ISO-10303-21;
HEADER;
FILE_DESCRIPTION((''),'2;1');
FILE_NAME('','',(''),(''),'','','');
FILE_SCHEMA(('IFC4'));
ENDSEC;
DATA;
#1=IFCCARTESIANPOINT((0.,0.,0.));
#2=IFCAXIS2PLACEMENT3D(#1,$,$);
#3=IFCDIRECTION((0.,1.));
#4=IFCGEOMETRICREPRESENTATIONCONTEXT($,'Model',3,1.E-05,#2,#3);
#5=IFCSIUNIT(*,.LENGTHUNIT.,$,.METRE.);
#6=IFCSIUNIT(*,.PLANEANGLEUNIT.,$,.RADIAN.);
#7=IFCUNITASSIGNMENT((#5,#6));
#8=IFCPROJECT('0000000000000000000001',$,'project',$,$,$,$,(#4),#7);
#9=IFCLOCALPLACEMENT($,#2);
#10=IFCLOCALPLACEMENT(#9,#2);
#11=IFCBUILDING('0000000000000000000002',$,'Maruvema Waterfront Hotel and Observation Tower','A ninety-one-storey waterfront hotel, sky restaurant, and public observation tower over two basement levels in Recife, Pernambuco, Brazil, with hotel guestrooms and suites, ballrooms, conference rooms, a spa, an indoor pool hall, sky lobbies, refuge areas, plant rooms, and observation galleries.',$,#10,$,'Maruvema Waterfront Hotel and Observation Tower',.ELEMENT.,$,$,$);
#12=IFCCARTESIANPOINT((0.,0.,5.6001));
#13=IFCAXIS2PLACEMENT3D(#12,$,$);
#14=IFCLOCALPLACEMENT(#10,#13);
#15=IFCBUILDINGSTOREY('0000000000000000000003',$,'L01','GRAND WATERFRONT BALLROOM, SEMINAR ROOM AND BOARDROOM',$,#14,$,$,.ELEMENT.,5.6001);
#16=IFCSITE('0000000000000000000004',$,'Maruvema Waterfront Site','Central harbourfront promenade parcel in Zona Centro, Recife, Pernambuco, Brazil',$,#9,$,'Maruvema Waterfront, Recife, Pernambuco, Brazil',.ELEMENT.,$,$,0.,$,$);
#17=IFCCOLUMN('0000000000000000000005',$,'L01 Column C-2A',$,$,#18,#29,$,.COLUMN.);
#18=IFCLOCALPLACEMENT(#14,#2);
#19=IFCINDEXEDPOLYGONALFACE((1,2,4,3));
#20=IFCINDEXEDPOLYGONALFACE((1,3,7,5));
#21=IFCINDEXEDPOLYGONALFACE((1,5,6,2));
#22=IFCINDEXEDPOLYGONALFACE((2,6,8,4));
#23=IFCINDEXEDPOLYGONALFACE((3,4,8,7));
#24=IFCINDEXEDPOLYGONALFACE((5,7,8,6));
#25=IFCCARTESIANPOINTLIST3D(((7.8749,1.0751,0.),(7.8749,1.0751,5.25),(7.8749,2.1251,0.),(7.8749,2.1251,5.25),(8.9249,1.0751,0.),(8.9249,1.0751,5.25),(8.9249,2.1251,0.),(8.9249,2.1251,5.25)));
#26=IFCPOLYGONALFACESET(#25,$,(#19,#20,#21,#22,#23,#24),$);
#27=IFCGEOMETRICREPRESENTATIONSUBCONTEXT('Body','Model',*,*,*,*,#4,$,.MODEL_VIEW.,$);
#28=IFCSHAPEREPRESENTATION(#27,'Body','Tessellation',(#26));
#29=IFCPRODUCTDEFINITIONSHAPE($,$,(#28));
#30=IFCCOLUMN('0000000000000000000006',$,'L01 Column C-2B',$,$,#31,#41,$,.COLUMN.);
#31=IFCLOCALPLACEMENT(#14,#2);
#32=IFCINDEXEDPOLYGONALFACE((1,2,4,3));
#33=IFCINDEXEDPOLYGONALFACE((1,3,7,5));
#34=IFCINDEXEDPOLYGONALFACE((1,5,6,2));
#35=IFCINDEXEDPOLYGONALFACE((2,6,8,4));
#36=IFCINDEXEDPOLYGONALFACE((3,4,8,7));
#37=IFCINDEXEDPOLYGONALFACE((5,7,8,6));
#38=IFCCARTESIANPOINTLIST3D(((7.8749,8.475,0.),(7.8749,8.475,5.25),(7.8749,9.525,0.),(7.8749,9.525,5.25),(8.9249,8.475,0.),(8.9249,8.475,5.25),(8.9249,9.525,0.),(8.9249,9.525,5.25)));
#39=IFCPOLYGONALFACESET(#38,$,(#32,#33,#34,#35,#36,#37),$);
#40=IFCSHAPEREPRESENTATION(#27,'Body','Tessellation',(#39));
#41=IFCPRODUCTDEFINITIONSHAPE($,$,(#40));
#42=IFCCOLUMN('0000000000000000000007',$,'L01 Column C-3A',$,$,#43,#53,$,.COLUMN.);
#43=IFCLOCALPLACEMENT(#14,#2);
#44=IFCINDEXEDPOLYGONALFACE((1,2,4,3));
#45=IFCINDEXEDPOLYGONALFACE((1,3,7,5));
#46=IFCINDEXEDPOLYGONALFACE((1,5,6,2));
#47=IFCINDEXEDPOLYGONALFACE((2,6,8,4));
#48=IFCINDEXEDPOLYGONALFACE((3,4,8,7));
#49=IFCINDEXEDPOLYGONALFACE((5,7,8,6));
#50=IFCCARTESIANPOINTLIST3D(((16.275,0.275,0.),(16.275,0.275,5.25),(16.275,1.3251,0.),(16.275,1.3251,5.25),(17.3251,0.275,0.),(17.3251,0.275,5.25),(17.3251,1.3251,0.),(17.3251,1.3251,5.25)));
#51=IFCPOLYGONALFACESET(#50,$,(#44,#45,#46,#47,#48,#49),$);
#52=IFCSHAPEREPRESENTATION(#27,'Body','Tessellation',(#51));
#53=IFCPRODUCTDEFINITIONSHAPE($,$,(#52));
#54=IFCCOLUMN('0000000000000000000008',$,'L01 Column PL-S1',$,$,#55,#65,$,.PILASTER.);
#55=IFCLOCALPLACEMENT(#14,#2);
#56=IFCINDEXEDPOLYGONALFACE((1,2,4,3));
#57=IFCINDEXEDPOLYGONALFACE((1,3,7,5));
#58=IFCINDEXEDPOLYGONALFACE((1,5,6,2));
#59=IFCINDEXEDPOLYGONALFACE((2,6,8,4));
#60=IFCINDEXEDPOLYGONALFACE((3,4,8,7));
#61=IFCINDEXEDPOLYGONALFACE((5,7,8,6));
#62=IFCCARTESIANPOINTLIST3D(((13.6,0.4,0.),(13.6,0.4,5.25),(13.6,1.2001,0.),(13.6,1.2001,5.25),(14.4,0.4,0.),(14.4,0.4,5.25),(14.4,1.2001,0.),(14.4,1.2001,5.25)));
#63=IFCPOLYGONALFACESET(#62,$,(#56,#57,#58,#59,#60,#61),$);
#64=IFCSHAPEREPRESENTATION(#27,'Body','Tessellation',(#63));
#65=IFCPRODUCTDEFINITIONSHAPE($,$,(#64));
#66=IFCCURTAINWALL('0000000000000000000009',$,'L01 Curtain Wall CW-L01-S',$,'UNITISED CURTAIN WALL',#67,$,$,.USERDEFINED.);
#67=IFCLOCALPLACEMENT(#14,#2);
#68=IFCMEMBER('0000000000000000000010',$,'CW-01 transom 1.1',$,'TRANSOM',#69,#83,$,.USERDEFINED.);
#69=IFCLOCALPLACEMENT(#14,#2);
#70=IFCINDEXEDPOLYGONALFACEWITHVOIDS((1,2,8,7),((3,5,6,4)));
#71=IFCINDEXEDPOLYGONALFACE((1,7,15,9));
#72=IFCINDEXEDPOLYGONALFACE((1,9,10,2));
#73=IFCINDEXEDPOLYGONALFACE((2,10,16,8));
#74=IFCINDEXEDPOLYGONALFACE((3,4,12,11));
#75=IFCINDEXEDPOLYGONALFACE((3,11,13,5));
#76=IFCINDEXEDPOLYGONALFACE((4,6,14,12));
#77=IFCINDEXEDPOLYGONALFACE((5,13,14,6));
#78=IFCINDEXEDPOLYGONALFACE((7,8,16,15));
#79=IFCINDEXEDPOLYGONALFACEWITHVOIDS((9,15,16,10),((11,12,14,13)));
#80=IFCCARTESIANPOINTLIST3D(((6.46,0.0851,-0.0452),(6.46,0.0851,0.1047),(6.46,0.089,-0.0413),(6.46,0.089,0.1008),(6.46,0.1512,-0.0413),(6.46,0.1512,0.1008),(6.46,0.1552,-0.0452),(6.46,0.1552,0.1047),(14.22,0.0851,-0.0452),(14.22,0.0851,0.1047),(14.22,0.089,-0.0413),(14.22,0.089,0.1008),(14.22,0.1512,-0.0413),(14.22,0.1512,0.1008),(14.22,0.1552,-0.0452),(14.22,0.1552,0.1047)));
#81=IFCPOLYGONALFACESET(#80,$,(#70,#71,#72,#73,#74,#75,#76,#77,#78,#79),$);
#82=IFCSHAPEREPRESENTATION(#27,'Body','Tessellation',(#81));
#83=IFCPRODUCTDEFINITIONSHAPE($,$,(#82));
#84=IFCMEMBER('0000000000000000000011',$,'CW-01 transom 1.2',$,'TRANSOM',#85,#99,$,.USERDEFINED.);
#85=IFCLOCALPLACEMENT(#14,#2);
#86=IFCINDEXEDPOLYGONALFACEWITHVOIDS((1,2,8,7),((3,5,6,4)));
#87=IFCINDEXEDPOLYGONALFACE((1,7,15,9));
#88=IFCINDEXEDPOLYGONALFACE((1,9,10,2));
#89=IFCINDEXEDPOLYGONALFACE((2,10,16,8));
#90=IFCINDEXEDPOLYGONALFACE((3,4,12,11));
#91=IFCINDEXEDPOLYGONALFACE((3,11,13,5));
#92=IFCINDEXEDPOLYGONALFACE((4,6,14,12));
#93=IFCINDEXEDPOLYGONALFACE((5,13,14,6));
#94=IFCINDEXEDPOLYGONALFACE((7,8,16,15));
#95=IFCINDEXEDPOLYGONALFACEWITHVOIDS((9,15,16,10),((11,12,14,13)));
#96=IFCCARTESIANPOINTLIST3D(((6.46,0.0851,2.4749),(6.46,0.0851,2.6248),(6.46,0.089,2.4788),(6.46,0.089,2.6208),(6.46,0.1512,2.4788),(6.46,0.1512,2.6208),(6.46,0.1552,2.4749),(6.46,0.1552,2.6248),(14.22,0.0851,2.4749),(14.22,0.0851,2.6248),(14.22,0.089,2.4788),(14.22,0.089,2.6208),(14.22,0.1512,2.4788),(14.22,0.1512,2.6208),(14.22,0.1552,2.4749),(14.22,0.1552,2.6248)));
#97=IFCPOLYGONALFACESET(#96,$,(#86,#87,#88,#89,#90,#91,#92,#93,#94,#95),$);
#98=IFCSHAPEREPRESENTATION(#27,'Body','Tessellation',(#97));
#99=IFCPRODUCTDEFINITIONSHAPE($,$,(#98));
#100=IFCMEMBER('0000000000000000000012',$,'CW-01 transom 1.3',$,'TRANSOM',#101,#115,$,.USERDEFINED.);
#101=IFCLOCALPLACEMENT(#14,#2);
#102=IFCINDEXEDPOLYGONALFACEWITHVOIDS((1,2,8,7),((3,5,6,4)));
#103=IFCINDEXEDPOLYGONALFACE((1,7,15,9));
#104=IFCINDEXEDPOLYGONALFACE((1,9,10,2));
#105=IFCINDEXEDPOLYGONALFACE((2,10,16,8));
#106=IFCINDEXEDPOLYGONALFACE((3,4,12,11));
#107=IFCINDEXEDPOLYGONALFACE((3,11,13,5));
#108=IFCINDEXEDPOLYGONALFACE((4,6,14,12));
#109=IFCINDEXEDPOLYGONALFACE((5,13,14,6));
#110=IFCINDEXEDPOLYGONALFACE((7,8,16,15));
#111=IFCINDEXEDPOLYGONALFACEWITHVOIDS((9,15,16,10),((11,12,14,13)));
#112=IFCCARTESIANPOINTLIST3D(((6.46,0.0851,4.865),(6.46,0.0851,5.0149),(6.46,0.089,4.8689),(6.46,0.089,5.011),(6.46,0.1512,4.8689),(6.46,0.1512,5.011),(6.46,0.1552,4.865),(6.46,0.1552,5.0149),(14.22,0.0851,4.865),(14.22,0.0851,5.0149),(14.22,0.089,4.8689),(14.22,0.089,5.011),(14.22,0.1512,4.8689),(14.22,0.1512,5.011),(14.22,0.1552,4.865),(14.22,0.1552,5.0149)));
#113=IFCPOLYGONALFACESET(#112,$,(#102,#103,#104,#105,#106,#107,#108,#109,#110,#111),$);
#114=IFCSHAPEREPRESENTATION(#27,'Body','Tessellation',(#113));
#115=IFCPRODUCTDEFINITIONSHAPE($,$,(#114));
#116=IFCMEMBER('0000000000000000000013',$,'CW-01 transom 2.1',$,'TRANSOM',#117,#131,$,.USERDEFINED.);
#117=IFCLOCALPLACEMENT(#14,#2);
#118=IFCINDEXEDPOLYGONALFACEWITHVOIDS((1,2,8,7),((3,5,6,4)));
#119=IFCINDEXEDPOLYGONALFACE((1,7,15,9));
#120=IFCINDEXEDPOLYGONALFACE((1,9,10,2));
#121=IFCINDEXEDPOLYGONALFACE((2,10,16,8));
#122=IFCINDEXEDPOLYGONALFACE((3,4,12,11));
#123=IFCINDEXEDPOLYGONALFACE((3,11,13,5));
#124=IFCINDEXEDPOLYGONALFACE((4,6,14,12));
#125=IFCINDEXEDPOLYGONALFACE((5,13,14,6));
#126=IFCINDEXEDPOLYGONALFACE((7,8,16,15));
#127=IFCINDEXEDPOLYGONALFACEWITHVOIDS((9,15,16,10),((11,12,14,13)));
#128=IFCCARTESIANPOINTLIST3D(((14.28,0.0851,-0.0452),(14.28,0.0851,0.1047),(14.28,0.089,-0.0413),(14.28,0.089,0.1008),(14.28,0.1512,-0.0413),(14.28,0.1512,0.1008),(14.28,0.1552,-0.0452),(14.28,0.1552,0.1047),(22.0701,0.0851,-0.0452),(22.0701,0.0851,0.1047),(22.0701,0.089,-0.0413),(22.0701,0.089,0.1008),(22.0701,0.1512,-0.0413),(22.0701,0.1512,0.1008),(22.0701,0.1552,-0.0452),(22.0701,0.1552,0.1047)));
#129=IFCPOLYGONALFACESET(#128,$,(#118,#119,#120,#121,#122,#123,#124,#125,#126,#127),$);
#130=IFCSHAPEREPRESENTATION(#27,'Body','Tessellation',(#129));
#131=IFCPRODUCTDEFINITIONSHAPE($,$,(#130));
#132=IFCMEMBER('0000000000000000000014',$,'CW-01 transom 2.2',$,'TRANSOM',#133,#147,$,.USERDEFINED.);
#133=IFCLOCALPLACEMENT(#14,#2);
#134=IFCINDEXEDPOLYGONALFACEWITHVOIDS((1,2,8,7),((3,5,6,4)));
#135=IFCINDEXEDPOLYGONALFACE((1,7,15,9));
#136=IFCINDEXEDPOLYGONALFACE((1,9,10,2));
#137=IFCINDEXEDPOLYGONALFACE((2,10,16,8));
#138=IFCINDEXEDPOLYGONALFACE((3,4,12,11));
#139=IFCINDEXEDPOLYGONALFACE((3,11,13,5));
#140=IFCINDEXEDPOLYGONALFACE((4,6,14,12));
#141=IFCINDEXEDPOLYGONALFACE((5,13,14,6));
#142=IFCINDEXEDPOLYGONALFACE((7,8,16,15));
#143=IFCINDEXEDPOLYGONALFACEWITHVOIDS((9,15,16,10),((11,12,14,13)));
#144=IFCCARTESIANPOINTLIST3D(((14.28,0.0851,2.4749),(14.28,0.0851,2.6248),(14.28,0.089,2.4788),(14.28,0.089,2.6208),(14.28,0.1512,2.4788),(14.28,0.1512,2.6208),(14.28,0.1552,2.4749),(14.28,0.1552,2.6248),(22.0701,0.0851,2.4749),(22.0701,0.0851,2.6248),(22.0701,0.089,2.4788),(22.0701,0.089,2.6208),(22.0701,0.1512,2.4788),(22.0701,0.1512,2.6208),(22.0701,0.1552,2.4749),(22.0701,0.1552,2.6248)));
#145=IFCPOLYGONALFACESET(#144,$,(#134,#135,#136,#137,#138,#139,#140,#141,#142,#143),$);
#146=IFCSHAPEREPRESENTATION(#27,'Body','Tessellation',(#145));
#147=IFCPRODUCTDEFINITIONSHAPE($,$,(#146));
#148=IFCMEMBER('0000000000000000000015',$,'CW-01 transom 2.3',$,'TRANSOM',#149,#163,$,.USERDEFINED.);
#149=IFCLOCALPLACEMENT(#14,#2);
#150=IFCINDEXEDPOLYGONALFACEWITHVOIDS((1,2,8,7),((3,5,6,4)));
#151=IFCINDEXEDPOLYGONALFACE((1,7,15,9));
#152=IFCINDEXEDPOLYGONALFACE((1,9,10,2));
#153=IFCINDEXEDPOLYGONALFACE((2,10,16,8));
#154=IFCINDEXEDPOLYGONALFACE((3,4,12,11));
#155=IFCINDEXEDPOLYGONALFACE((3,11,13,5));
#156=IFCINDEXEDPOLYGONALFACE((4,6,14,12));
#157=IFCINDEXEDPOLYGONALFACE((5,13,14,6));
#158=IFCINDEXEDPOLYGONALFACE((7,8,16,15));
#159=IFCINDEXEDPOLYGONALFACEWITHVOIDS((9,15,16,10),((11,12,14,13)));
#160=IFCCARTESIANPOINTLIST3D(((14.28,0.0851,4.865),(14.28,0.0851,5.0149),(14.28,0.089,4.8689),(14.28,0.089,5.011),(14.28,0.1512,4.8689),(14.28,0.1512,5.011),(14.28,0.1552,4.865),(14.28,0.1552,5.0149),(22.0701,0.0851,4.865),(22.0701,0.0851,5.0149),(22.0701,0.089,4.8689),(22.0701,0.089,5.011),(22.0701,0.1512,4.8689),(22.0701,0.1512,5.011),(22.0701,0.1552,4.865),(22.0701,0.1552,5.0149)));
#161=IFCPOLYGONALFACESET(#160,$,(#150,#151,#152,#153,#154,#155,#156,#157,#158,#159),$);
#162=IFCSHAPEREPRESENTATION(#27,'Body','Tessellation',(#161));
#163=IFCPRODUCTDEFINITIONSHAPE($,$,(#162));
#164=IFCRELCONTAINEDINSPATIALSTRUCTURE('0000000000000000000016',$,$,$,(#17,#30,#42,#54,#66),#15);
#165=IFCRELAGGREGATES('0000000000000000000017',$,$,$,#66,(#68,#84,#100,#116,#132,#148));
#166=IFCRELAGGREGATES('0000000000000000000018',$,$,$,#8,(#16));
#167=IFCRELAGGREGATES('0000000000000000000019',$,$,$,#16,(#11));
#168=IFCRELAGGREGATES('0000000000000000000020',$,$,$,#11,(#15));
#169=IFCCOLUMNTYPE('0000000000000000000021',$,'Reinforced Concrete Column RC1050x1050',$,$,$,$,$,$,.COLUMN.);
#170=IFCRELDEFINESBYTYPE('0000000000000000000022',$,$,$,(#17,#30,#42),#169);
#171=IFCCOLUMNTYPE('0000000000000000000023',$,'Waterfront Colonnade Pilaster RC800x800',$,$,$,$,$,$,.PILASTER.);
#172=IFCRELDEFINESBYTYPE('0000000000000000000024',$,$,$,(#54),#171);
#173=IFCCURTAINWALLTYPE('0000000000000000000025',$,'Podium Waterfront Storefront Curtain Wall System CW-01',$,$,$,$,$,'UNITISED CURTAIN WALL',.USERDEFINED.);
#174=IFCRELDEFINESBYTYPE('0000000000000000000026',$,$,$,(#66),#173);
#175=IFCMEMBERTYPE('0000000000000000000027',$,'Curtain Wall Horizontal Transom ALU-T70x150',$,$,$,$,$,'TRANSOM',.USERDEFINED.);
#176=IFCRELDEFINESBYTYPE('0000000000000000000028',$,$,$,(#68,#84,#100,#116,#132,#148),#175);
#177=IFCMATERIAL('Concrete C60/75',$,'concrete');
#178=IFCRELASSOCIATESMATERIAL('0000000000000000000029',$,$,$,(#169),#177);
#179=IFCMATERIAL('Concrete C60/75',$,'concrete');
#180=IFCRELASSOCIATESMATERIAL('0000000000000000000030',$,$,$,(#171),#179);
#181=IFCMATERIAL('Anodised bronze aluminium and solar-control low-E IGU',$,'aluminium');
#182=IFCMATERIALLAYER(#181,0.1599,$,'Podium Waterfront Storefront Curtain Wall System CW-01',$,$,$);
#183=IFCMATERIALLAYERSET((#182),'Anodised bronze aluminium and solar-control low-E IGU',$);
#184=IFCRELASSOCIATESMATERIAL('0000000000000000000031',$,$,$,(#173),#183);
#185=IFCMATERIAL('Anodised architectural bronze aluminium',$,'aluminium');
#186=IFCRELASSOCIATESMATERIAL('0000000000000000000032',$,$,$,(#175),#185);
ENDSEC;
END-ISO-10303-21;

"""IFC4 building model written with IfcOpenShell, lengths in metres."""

from ifc_helpers import new_model, si_unit, direction, frame, origin, origin_2d, place, context, subcontext, project, spatial, rectangle, hollow_rectangle, extrude, material, layer, layer_set, material_profile, profile_set, type_object, element, aggregate, save


model = new_model("IFC4")

# Units and contexts
model_context = context("Model", 3, precision=1e-05, world=origin(), true_north=direction((0.0, 1.0)))
body_context = subcontext(model_context, "Body", "Model", "MODEL_VIEW")
ifc_project = project(units=[si_unit("LENGTHUNIT", "METRE"), si_unit("PLANEANGLEUNIT", "RADIAN")], contexts=[model_context])

# Site, building, storey
site_placement = place(None, origin())
site = spatial("IfcSite", under=ifc_project, at=site_placement, Name="Maruvema Waterfront Site", Description="Central harbourfront promenade parcel in Zona Centro, Recife, Pernambuco, Brazil", LongName="Maruvema Waterfront, Recife, Pernambuco, Brazil", CompositionType="ELEMENT", RefElevation=0.0)
building_placement = place(site_placement, origin())
building = spatial("IfcBuilding", under=site, at=building_placement, Name="Maruvema Waterfront Hotel and Observation Tower", Description="A ninety-one-storey waterfront hotel, sky restaurant, and public observation tower over two basement levels in Recife, Pernambuco, Brazil, with hotel guestrooms and suites, ballrooms, conference rooms, a spa, an indoor pool hall, sky lobbies, refuge areas, plant rooms, and observation galleries.", LongName="Maruvema Waterfront Hotel and Observation Tower", CompositionType="ELEMENT")
storey_placement = place(building_placement, frame((0.0, 0.0, 5.6001)))
storey = spatial("IfcBuildingStorey", under=building, at=storey_placement, Name="L01", Description="GRAND WATERFRONT BALLROOM, SEMINAR ROOM AND BOARDROOM", CompositionType="ELEMENT", Elevation=5.6001)

# Columns
ifc_material_1 = material(Name="Concrete C60/75", Category="concrete")
ifc_material_profile_1 = material_profile(ifc_material_1, rectangle(XDim=1.05, YDim=1.05, at=origin_2d()), Name="RC1050x1050")
ifc_profile_set_1 = profile_set([ifc_material_profile_1], Name="Concrete C60/75")
column_type_1 = type_object("IfcColumnType", Name="Reinforced Concrete Column RC1050x1050", PredefinedType="COLUMN", material=ifc_profile_set_1)
for number, where, z_axis, x_axis, name in (
    (1, (8.3999, 1.6001, 0.0), (0.0, 0.0, 1.0), (1.0, 0.0, 0.0), "L01 Column C-2A"),
    (2, (8.3999, 9.0, 0.0), (0.0, 0.0, 1.0), (1.0, 0.0, 0.0), "L01 Column C-2B"),
    (3, (16.8, 0.8, 0.0), (0.0, 0.0, 1.0), (1.0, 0.0, 0.0), "L01 Column C-3A"),
):
    element("IfcColumn", number, at=place(storey_placement, frame(where, z_axis=z_axis, x_axis=x_axis)), inside=storey, type_object=column_type_1, Name=name, PredefinedType="COLUMN", context=body_context, shape_type="SweptSolid", body=[
        extrude(rectangle(XDim=1.05, YDim=1.05, at=origin_2d()), origin(), (0.0, 0.0, 1.0), 5.25),
    ])
ifc_material_2 = material(Name="Concrete C60/75", Category="concrete")
ifc_material_profile_2 = material_profile(ifc_material_2, rectangle(XDim=0.8, YDim=0.8, at=origin_2d()), Name="RC800x800")
ifc_profile_set_2 = profile_set([ifc_material_profile_2], Name="Concrete C60/75")
column_type_2 = type_object("IfcColumnType", Name="Waterfront Colonnade Pilaster RC800x800", PredefinedType="PILASTER", material=ifc_profile_set_2)
column_placement = place(storey_placement, frame((14.0, 0.8, 0.0), z_axis=(0.0, 0.0, 1.0), x_axis=(1.0, 0.0, 0.0)))
element("IfcColumn", 4, at=column_placement, inside=storey, type_object=column_type_2, Name="L01 Column PL-S1", PredefinedType="PILASTER", context=body_context, shape_type="SweptSolid", body=[
    extrude(rectangle(XDim=0.8, YDim=0.8, at=origin_2d()), origin(), (0.0, 0.0, 1.0), 5.25),
])

# Curtain wall, members
ifc_material_3 = material(Name="Anodised bronze aluminium and solar-control low-E IGU", Category="aluminium")
ifc_layer_1 = layer(ifc_material_3, 0.1599, Name="Podium Waterfront Storefront Curtain Wall System CW-01")
ifc_layer_set_1 = layer_set([ifc_layer_1], Name="Anodised bronze aluminium and solar-control low-E IGU")
curtain_wall_type = type_object("IfcCurtainWallType", Name="Podium Waterfront Storefront Curtain Wall System CW-01", ElementType="UNITISED CURTAIN WALL", PredefinedType="USERDEFINED", material=ifc_layer_set_1)
curtain_wall_1_placement = place(storey_placement, origin())
curtain_wall_1 = element("IfcCurtainWall", 5, at=curtain_wall_1_placement, inside=storey, type_object=curtain_wall_type, Name="L01 Curtain Wall CW-L01-S", ObjectType="UNITISED CURTAIN WALL", PredefinedType="USERDEFINED")
ifc_material_4 = material(Name="Anodised architectural bronze aluminium", Category="aluminium")
ifc_material_profile_3 = material_profile(ifc_material_4, hollow_rectangle(XDim=0.0701, YDim=0.1499, WallThickness=0.0039, at=origin_2d()), Name="ALU-T70x150")
ifc_profile_set_3 = profile_set([ifc_material_profile_3], Name="Anodised architectural bronze aluminium")
member_type_1 = type_object("IfcMemberType", Name="Curtain Wall Horizontal Transom ALU-T70x150", ElementType="TRANSOM", PredefinedType="USERDEFINED", material=ifc_profile_set_3)
member_1_placement = place(storey_placement, frame((6.46, 0.1201, 0.0298), z_axis=(1.0, 0.0, 0.0), x_axis=(0.0, 1.0, 0.0)))
member_1 = element("IfcMember", 6, at=member_1_placement, type_object=member_type_1, Name="CW-01 transom 1.1", ObjectType="TRANSOM", PredefinedType="USERDEFINED", context=body_context, shape_type="SweptSolid", body=[
    extrude(hollow_rectangle(XDim=0.0701, YDim=0.1499, WallThickness=0.0039, at=origin_2d()), origin(), (0.0, 0.0, 1.0), 7.76),
])
member_2_placement = place(storey_placement, frame((6.46, 0.1201, 2.5498), z_axis=(1.0, 0.0, 0.0), x_axis=(0.0, 1.0, 0.0)))
member_2 = element("IfcMember", 7, at=member_2_placement, type_object=member_type_1, Name="CW-01 transom 1.2", ObjectType="TRANSOM", PredefinedType="USERDEFINED", context=body_context, shape_type="SweptSolid", body=[
    extrude(hollow_rectangle(XDim=0.0701, YDim=0.1499, WallThickness=0.0039, at=origin_2d()), origin(), (0.0, 0.0, 1.0), 7.76),
])
member_3_placement = place(storey_placement, frame((6.46, 0.1201, 4.9399), z_axis=(1.0, 0.0, 0.0), x_axis=(0.0, 1.0, 0.0)))
member_3 = element("IfcMember", 8, at=member_3_placement, type_object=member_type_1, Name="CW-01 transom 1.3", ObjectType="TRANSOM", PredefinedType="USERDEFINED", context=body_context, shape_type="SweptSolid", body=[
    extrude(hollow_rectangle(XDim=0.0701, YDim=0.1499, WallThickness=0.0039, at=origin_2d()), origin(), (0.0, 0.0, 1.0), 7.76),
])
member_4_placement = place(storey_placement, frame((14.28, 0.1201, 0.0298), z_axis=(1.0, 0.0, 0.0), x_axis=(0.0, 1.0, 0.0)))
member_4 = element("IfcMember", 9, at=member_4_placement, type_object=member_type_1, Name="CW-01 transom 2.1", ObjectType="TRANSOM", PredefinedType="USERDEFINED", context=body_context, shape_type="SweptSolid", body=[
    extrude(hollow_rectangle(XDim=0.0701, YDim=0.1499, WallThickness=0.0039, at=origin_2d()), origin(), (0.0, 0.0, 1.0), 7.79),
])
member_5_placement = place(storey_placement, frame((14.28, 0.1201, 2.5498), z_axis=(1.0, 0.0, 0.0), x_axis=(0.0, 1.0, 0.0)))
member_5 = element("IfcMember", 10, at=member_5_placement, type_object=member_type_1, Name="CW-01 transom 2.2", ObjectType="TRANSOM", PredefinedType="USERDEFINED", context=body_context, shape_type="SweptSolid", body=[
    extrude(hollow_rectangle(XDim=0.0701, YDim=0.1499, WallThickness=0.0039, at=origin_2d()), origin(), (0.0, 0.0, 1.0), 7.79),
])
member_6_placement = place(storey_placement, frame((14.28, 0.1201, 4.9399), z_axis=(1.0, 0.0, 0.0), x_axis=(0.0, 1.0, 0.0)))
member_6 = element("IfcMember", 11, at=member_6_placement, type_object=member_type_1, Name="CW-01 transom 2.3", ObjectType="TRANSOM", PredefinedType="USERDEFINED", context=body_context, shape_type="SweptSolid", body=[
    extrude(hollow_rectangle(XDim=0.0701, YDim=0.1499, WallThickness=0.0039, at=origin_2d()), origin(), (0.0, 0.0, 1.0), 7.79),
])

aggregate(curtain_wall_1, [member_1, member_2, member_3, member_4, member_5, member_6])

save(model, "model.ifc")
